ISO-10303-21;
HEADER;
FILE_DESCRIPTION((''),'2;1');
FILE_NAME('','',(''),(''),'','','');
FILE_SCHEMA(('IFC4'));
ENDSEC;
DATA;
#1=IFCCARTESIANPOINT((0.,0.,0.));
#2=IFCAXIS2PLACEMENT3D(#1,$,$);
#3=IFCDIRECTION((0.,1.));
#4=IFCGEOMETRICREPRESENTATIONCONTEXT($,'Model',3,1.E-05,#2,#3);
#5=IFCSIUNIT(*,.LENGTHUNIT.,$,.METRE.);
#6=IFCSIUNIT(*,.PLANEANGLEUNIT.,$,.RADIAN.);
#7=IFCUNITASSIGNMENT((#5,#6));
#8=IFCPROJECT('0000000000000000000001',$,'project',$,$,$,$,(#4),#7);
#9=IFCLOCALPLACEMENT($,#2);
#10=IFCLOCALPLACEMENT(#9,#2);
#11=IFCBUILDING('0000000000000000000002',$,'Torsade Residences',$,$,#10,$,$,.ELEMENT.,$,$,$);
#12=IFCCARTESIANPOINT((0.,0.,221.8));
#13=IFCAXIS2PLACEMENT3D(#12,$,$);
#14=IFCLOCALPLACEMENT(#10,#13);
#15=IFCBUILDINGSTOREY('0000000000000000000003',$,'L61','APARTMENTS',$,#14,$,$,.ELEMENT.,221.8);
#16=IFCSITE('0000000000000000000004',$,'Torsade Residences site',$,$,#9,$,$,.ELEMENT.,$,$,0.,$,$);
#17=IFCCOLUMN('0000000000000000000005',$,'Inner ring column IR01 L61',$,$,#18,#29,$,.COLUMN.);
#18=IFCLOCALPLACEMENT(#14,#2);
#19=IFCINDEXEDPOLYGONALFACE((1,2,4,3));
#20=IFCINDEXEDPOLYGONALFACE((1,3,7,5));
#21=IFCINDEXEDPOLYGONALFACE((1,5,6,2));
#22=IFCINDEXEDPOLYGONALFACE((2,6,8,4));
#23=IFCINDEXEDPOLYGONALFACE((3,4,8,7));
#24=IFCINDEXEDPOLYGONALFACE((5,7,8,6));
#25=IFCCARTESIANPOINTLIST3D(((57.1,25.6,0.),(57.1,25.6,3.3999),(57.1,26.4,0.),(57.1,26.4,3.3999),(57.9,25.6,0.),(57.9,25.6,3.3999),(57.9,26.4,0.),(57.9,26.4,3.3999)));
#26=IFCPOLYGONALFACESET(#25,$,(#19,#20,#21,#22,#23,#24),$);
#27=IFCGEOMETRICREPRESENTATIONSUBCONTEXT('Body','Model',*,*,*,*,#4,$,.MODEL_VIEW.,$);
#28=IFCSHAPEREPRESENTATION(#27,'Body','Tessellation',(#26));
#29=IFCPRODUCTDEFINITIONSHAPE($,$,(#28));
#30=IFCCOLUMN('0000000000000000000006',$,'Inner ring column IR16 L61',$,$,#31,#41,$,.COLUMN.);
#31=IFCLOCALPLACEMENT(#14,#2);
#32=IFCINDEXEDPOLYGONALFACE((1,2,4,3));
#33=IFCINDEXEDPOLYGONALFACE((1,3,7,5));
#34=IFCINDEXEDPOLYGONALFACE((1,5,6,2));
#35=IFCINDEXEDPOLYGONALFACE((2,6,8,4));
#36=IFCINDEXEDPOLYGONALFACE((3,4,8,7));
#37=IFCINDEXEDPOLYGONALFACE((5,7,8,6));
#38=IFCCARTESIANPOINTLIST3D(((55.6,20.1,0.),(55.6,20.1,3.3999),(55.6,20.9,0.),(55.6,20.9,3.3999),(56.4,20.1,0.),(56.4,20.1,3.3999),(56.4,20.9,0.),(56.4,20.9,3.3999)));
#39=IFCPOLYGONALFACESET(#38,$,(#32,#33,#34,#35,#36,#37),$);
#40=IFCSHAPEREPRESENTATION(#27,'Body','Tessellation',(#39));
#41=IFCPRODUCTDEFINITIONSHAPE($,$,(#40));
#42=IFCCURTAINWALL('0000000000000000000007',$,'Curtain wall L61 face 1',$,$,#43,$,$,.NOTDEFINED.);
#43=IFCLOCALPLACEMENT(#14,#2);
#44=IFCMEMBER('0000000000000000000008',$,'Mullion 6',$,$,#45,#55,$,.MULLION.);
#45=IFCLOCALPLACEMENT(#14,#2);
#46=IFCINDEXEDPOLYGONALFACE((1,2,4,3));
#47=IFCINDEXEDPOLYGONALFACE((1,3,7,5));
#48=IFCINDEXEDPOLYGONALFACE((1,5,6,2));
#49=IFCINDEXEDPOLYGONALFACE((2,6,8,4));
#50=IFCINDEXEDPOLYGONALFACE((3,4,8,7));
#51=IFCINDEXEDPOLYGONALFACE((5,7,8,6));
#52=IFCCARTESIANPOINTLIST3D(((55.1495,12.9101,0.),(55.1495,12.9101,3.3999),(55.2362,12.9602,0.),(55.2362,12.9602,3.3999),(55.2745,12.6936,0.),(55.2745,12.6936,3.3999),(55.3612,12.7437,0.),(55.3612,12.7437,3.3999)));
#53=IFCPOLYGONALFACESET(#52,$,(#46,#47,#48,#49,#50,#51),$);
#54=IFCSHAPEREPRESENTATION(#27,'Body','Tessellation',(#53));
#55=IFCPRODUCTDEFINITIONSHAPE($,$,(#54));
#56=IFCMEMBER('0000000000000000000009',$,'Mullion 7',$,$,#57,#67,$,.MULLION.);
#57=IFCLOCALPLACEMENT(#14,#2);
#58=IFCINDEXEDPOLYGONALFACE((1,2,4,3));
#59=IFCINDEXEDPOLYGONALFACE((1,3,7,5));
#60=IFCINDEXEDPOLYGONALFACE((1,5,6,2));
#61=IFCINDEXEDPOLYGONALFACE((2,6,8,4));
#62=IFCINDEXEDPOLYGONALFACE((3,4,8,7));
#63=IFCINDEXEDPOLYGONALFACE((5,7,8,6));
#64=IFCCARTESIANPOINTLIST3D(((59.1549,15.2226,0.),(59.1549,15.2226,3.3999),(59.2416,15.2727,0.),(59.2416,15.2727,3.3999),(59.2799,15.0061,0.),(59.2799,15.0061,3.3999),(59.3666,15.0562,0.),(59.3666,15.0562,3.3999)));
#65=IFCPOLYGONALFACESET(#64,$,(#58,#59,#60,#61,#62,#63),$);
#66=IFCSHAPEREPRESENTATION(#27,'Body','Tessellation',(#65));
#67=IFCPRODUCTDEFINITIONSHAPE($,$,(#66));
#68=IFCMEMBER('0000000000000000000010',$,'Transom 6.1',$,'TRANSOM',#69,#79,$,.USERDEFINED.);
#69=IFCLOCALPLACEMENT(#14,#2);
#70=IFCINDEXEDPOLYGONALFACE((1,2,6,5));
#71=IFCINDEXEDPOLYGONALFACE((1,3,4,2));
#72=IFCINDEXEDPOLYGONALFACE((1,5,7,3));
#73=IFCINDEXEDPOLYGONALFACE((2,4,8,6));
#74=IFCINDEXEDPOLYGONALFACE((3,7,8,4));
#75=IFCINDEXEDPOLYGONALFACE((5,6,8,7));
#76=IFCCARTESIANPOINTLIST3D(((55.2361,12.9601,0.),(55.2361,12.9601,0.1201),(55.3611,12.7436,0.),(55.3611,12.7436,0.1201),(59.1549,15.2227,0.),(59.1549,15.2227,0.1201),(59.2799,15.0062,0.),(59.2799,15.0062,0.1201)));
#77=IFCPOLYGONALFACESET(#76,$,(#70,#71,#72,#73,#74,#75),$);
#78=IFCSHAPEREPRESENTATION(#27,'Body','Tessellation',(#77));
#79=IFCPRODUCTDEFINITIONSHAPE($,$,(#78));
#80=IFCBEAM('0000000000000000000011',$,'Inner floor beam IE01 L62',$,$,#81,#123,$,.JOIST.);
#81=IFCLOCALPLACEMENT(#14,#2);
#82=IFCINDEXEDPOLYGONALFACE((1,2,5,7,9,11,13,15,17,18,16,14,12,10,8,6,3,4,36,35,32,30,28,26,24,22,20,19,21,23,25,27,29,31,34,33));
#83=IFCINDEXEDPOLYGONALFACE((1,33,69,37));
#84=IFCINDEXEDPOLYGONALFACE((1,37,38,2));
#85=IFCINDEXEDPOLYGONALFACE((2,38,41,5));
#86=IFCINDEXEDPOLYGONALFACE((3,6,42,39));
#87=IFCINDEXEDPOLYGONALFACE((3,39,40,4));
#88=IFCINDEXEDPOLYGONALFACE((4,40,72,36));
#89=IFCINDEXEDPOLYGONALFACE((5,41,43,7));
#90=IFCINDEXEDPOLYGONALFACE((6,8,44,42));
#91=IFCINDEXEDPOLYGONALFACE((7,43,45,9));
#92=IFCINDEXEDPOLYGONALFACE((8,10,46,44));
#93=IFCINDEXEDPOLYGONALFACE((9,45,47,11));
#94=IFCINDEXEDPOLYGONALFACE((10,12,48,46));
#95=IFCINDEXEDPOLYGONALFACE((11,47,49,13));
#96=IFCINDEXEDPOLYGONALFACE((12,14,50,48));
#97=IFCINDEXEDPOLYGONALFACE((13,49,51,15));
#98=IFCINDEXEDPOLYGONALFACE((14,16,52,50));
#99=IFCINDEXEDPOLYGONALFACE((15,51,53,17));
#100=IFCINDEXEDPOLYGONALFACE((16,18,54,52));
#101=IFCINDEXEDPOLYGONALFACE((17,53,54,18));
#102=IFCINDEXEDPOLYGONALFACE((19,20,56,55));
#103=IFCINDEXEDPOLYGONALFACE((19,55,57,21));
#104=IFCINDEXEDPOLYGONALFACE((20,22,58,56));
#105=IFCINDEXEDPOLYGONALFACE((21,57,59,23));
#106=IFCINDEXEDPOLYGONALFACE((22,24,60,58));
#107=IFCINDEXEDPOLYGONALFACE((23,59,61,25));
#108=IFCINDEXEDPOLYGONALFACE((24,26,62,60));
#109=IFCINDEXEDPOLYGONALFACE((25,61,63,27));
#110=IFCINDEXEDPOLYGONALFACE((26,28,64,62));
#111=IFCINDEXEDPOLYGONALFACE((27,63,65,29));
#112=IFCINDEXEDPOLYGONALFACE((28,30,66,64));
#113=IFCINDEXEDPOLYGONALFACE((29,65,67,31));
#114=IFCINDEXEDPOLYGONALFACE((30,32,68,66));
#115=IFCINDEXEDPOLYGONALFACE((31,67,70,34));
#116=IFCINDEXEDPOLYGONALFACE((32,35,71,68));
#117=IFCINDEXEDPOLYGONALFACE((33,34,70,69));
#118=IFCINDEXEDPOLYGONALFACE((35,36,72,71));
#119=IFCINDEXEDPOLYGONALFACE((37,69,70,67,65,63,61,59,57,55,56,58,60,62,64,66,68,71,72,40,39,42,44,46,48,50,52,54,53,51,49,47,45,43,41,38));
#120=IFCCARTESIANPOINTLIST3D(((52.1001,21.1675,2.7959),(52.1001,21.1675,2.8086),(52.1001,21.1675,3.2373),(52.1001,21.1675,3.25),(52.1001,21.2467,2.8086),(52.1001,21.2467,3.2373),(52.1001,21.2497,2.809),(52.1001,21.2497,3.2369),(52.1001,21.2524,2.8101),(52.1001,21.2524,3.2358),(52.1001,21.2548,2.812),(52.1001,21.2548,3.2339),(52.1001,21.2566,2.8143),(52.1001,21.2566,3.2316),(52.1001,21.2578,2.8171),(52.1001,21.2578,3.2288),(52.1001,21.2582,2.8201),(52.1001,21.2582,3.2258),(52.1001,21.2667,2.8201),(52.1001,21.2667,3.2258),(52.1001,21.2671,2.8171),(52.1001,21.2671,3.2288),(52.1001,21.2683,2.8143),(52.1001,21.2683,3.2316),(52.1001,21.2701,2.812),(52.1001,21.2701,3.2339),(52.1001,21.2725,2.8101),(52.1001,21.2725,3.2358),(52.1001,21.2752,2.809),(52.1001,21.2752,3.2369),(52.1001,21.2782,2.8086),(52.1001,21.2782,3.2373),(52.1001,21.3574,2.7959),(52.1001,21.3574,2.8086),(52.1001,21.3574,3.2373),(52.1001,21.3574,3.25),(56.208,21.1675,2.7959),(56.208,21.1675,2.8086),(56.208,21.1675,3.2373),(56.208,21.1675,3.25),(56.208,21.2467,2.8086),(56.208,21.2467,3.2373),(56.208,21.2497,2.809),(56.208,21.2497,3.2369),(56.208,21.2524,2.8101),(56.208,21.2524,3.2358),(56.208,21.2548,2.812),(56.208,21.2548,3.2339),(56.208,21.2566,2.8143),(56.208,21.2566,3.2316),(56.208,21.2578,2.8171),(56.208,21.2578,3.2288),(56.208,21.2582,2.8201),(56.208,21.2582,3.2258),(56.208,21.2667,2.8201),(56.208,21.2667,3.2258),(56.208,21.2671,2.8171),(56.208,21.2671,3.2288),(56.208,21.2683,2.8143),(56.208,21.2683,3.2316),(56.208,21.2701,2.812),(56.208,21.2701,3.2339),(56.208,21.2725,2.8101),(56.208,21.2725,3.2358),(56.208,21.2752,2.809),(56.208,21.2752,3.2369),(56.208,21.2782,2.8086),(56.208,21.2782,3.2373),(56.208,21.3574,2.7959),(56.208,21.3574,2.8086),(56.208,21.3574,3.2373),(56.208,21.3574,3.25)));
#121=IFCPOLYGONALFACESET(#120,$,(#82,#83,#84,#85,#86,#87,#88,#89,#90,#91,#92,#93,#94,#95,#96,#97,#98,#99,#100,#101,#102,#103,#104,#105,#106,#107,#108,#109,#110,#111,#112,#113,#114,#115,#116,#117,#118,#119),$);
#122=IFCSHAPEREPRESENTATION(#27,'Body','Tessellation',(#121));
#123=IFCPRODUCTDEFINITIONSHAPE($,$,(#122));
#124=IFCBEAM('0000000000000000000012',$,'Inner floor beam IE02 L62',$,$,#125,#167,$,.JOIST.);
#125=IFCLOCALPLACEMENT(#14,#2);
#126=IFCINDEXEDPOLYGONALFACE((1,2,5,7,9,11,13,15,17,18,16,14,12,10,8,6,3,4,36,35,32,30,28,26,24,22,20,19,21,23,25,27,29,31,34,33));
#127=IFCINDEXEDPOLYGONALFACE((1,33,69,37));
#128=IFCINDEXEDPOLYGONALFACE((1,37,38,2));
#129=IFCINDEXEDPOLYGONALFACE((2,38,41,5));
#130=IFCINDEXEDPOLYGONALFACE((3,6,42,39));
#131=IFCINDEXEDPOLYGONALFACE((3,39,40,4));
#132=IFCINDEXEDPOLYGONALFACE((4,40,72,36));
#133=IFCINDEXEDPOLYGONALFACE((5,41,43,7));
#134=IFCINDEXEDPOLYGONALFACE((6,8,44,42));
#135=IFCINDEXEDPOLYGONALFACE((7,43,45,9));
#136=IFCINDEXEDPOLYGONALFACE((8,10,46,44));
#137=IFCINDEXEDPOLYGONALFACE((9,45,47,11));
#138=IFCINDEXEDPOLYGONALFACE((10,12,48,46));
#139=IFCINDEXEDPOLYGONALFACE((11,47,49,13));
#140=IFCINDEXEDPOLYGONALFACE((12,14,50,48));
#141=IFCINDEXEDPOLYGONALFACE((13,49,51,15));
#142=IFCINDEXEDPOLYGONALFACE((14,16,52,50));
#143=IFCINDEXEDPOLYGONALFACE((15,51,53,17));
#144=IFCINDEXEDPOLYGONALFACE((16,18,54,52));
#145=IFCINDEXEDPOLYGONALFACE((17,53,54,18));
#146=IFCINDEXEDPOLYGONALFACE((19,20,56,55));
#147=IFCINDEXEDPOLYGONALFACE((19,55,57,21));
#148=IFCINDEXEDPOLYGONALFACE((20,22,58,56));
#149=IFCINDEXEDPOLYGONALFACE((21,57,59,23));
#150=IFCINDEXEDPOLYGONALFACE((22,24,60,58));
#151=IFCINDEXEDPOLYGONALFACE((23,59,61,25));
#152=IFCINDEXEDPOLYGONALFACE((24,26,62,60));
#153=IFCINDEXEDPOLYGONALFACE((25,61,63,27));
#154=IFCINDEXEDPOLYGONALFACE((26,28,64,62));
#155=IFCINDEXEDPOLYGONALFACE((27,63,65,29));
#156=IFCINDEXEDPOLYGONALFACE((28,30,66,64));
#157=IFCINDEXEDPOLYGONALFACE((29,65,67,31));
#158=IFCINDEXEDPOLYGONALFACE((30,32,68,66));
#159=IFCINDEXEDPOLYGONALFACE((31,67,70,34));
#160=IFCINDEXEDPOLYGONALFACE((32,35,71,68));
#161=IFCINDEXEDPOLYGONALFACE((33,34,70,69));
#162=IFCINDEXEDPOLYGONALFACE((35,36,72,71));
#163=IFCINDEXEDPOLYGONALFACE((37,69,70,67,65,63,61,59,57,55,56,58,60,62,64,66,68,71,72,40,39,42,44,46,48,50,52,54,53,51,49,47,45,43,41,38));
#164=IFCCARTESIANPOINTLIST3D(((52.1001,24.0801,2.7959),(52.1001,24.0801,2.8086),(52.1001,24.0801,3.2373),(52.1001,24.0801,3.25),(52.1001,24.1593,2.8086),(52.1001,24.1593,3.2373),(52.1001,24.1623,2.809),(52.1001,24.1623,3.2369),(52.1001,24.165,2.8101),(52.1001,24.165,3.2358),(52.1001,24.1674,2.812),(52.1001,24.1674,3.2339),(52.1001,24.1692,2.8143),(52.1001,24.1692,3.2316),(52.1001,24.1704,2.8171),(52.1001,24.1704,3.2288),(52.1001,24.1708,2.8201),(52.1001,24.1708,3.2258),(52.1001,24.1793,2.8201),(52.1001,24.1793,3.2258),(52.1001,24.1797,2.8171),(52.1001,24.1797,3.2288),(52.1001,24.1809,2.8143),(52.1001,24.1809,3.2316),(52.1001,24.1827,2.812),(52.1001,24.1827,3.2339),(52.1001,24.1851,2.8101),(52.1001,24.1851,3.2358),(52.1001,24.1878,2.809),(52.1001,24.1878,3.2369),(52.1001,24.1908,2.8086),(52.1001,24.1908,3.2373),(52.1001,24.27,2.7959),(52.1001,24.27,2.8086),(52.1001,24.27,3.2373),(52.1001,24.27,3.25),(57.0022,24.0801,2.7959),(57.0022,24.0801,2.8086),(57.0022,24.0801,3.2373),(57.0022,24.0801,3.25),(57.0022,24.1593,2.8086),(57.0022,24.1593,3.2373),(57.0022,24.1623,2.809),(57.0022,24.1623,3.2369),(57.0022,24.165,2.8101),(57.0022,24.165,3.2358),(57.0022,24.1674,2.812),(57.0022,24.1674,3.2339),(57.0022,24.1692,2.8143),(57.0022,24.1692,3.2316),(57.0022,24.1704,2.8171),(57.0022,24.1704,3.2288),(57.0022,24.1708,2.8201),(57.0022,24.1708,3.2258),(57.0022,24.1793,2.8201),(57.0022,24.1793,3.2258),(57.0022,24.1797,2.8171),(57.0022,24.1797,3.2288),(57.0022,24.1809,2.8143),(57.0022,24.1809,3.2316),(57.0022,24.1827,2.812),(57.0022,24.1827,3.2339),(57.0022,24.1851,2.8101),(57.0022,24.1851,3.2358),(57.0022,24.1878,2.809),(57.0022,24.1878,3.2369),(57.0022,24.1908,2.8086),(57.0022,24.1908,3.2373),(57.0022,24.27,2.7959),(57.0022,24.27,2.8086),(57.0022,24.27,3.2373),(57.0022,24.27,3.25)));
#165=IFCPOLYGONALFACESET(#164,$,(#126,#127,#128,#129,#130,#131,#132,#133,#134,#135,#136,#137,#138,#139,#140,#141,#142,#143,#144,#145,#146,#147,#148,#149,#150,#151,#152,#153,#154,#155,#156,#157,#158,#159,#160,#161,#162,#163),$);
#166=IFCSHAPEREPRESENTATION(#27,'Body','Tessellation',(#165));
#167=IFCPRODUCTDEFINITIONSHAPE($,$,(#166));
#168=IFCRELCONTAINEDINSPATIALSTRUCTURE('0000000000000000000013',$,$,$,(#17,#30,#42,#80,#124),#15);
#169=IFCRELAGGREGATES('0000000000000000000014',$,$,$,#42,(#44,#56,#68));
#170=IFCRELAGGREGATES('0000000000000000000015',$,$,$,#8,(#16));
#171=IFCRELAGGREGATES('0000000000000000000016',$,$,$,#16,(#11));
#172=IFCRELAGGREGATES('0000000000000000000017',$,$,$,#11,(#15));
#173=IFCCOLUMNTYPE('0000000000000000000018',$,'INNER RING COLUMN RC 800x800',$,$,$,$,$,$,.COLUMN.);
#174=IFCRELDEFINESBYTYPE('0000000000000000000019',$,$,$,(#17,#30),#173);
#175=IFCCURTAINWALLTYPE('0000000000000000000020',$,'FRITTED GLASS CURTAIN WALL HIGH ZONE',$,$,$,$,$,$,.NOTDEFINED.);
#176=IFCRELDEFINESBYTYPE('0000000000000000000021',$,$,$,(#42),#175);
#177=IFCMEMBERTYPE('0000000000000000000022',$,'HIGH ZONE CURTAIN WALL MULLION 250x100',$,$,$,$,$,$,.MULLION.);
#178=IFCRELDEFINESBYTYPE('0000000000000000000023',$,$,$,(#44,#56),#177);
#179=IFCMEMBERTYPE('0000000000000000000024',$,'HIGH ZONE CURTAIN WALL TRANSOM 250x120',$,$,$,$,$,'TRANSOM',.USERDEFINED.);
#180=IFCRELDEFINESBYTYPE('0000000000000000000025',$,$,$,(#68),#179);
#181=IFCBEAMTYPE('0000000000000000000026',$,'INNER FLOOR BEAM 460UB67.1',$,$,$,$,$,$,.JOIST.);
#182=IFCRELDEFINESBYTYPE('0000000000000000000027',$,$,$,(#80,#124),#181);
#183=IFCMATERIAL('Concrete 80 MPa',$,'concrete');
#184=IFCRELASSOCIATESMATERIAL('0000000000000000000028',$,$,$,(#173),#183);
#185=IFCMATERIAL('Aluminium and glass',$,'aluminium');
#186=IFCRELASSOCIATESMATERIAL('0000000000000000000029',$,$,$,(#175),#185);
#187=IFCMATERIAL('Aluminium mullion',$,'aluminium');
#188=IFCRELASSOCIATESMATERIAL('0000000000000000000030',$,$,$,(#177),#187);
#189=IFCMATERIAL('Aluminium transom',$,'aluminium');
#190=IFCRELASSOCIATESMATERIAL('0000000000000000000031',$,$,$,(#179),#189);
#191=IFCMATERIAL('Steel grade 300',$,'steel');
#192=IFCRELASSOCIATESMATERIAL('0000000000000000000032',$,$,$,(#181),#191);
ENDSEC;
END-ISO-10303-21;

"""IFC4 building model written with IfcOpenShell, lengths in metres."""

from ifc_helpers import new_model, si_unit, direction, frame, origin, origin_2d, place, context, subcontext, project, spatial, rectangle, i_section, extrude, material, material_profile, profile_set, type_object, element, aggregate, save


model = new_model("IFC4")

# Units and contexts
model_context = context("Model", 3, precision=1e-05, world=origin(), true_north=direction((0.0, 1.0)))
body_context = subcontext(model_context, "Body", "Model", "MODEL_VIEW")
ifc_project = project(units=[si_unit("LENGTHUNIT", "METRE"), si_unit("PLANEANGLEUNIT", "RADIAN")], contexts=[model_context])

# Site, building, storey
site_placement = place(None, origin())
site = spatial("IfcSite", under=ifc_project, at=site_placement, Name="Torsade Residences site", CompositionType="ELEMENT", RefElevation=0.0)
building_placement = place(site_placement, origin())
building = spatial("IfcBuilding", under=site, at=building_placement, Name="Torsade Residences", CompositionType="ELEMENT")
storey_placement = place(building_placement, frame((0.0, 0.0, 221.8)))
storey = spatial("IfcBuildingStorey", under=building, at=storey_placement, Name="L61", Description="APARTMENTS", CompositionType="ELEMENT", Elevation=221.8)

# Columns
ifc_material_1 = material(Name="Concrete 80 MPa", Category="concrete")
ifc_material_profile_1 = material_profile(ifc_material_1, rectangle(XDim=0.8, YDim=0.8, at=origin_2d()), Name="RC 800x800")
ifc_profile_set_1 = profile_set([ifc_material_profile_1], Name="Concrete 80 MPa")
column_type = type_object("IfcColumnType", Name="INNER RING COLUMN RC 800x800", PredefinedType="COLUMN", material=ifc_profile_set_1)
for number, where, z_axis, x_axis, name in (
    (1, (57.5, 26.0, 0.0), (0.0, 0.0, 1.0), (1.0, 0.0, 0.0), "Inner ring column IR01 L61"),
    (2, (56.0, 20.5, 0.0), (0.0, 0.0, 1.0), (1.0, 0.0, 0.0), "Inner ring column IR16 L61"),
):
    element("IfcColumn", number, at=place(storey_placement, frame(where, z_axis=z_axis, x_axis=x_axis)), inside=storey, type_object=column_type, Name=name, PredefinedType="COLUMN", context=body_context, shape_type="SweptSolid", body=[
        extrude(rectangle(XDim=0.8, YDim=0.8, at=origin_2d()), origin(), (0.0, 0.0, 1.0), 3.3999),
    ])

# Curtain wall, members
ifc_material_2 = material(Name="Aluminium and glass", Category="aluminium")
curtain_wall_type = type_object("IfcCurtainWallType", Name="FRITTED GLASS CURTAIN WALL HIGH ZONE", PredefinedType="NOTDEFINED", material=ifc_material_2)
curtain_wall_placement = place(storey_placement, origin())
curtain_wall = element("IfcCurtainWall", 3, at=curtain_wall_placement, inside=storey, type_object=curtain_wall_type, Name="Curtain wall L61 face 1", PredefinedType="NOTDEFINED")
ifc_material_3 = material(Name="Aluminium mullion", Category="aluminium")
ifc_material_profile_2 = material_profile(ifc_material_3, rectangle(XDim=0.25, YDim=0.1001, at=origin_2d()), Name="HIGH ZONE CURTAIN WALL MULLION 250x100")
ifc_profile_set_2 = profile_set([ifc_material_profile_2], Name="Aluminium mullion")
member_type_1 = type_object("IfcMemberType", Name="HIGH ZONE CURTAIN WALL MULLION 250x100", PredefinedType="MULLION", material=ifc_profile_set_2)
member_1_placement = place(storey_placement, frame((55.2554, 12.8269, 0.0), z_axis=(0.0, 0.0, 1.0), x_axis=(-0.5, 0.866025, 0.0)))
member_1 = element("IfcMember", 4, at=member_1_placement, type_object=member_type_1, Name="Mullion 6", PredefinedType="MULLION", context=body_context, shape_type="SweptSolid", body=[
    extrude(rectangle(XDim=0.25, YDim=0.1001, at=origin_2d()), origin(), (0.0, 0.0, 1.0), 3.3999),
])
member_2_placement = place(storey_placement, frame((59.2607, 15.1394, 0.0), z_axis=(0.0, 0.0, 1.0), x_axis=(-0.5, 0.866025, 0.0)))
member_2 = element("IfcMember", 5, at=member_2_placement, type_object=member_type_1, Name="Mullion 7", PredefinedType="MULLION", context=body_context, shape_type="SweptSolid", body=[
    extrude(rectangle(XDim=0.25, YDim=0.1001, at=origin_2d()), origin(), (0.0, 0.0, 1.0), 3.3999),
])
ifc_material_4 = material(Name="Aluminium transom", Category="aluminium")
ifc_material_profile_3 = material_profile(ifc_material_4, rectangle(XDim=0.25, YDim=0.1201, at=origin_2d()), Name="HIGH ZONE CURTAIN WALL TRANSOM 250x120")
ifc_profile_set_3 = profile_set([ifc_material_profile_3], Name="Aluminium transom")
member_type_2 = type_object("IfcMemberType", Name="HIGH ZONE CURTAIN WALL TRANSOM 250x120", ElementType="TRANSOM", PredefinedType="USERDEFINED", material=ifc_profile_set_3)
member_3_placement = place(storey_placement, frame((55.2986, 12.8518, 0.0601), z_axis=(0.866017, 0.500015, 0.0), x_axis=(-0.500015, 0.866017, 0.0)))
member_3 = element("IfcMember", 6, at=member_3_placement, type_object=member_type_2, Name="Transom 6.1", ObjectType="TRANSOM", PredefinedType="USERDEFINED", context=body_context, shape_type="SweptSolid", body=[
    extrude(rectangle(XDim=0.25, YDim=0.1201, at=origin_2d()), origin(), (0.0, 0.0, 1.0), 4.5251),
])

# Beams
ifc_material_5 = material(Name="Steel grade 300", Category="steel")
ifc_material_profile_4 = material_profile(ifc_material_5, i_section(OverallWidth=0.1899, OverallDepth=0.4541, WebThickness=0.0085, FlangeThickness=0.0127, FilletRadius=0.0115, at=origin_2d()), Name="460UB67.1")
ifc_profile_set_4 = profile_set([ifc_material_profile_4], Name="Steel grade 300")
beam_type_1 = type_object("IfcBeamType", Name="INNER FLOOR BEAM 460UB67.1", PredefinedType="JOIST", material=ifc_profile_set_4)
beam_1_placement = place(storey_placement, frame((52.1001, 21.2625, 3.0229), z_axis=(1.0, 0.0, 0.0), x_axis=(0.0, 1.0, 0.0)))
element("IfcBeam", 7, at=beam_1_placement, inside=storey, type_object=beam_type_1, Name="Inner floor beam IE01 L62", PredefinedType="JOIST", context=body_context, shape_type="SweptSolid", body=[
    extrude(i_section(OverallWidth=0.1899, OverallDepth=0.4541, WebThickness=0.0085, FlangeThickness=0.0127, FilletRadius=0.0115, at=origin_2d()), origin(), (0.0, 0.0, 1.0), 4.1079),
])
beam_2_placement = place(storey_placement, frame((52.1001, 24.175, 3.0229), z_axis=(1.0, 0.0, 0.0), x_axis=(0.0, 1.0, 0.0)))
element("IfcBeam", 8, at=beam_2_placement, inside=storey, type_object=beam_type_1, Name="Inner floor beam IE02 L62", PredefinedType="JOIST", context=body_context, shape_type="SweptSolid", body=[
    extrude(i_section(OverallWidth=0.1899, OverallDepth=0.4541, WebThickness=0.0085, FlangeThickness=0.0127, FilletRadius=0.0115, at=origin_2d()), origin(), (0.0, 0.0, 1.0), 4.9021),
])

aggregate(curtain_wall, [member_1, member_2, member_3])

save(model, "model.ifc")
